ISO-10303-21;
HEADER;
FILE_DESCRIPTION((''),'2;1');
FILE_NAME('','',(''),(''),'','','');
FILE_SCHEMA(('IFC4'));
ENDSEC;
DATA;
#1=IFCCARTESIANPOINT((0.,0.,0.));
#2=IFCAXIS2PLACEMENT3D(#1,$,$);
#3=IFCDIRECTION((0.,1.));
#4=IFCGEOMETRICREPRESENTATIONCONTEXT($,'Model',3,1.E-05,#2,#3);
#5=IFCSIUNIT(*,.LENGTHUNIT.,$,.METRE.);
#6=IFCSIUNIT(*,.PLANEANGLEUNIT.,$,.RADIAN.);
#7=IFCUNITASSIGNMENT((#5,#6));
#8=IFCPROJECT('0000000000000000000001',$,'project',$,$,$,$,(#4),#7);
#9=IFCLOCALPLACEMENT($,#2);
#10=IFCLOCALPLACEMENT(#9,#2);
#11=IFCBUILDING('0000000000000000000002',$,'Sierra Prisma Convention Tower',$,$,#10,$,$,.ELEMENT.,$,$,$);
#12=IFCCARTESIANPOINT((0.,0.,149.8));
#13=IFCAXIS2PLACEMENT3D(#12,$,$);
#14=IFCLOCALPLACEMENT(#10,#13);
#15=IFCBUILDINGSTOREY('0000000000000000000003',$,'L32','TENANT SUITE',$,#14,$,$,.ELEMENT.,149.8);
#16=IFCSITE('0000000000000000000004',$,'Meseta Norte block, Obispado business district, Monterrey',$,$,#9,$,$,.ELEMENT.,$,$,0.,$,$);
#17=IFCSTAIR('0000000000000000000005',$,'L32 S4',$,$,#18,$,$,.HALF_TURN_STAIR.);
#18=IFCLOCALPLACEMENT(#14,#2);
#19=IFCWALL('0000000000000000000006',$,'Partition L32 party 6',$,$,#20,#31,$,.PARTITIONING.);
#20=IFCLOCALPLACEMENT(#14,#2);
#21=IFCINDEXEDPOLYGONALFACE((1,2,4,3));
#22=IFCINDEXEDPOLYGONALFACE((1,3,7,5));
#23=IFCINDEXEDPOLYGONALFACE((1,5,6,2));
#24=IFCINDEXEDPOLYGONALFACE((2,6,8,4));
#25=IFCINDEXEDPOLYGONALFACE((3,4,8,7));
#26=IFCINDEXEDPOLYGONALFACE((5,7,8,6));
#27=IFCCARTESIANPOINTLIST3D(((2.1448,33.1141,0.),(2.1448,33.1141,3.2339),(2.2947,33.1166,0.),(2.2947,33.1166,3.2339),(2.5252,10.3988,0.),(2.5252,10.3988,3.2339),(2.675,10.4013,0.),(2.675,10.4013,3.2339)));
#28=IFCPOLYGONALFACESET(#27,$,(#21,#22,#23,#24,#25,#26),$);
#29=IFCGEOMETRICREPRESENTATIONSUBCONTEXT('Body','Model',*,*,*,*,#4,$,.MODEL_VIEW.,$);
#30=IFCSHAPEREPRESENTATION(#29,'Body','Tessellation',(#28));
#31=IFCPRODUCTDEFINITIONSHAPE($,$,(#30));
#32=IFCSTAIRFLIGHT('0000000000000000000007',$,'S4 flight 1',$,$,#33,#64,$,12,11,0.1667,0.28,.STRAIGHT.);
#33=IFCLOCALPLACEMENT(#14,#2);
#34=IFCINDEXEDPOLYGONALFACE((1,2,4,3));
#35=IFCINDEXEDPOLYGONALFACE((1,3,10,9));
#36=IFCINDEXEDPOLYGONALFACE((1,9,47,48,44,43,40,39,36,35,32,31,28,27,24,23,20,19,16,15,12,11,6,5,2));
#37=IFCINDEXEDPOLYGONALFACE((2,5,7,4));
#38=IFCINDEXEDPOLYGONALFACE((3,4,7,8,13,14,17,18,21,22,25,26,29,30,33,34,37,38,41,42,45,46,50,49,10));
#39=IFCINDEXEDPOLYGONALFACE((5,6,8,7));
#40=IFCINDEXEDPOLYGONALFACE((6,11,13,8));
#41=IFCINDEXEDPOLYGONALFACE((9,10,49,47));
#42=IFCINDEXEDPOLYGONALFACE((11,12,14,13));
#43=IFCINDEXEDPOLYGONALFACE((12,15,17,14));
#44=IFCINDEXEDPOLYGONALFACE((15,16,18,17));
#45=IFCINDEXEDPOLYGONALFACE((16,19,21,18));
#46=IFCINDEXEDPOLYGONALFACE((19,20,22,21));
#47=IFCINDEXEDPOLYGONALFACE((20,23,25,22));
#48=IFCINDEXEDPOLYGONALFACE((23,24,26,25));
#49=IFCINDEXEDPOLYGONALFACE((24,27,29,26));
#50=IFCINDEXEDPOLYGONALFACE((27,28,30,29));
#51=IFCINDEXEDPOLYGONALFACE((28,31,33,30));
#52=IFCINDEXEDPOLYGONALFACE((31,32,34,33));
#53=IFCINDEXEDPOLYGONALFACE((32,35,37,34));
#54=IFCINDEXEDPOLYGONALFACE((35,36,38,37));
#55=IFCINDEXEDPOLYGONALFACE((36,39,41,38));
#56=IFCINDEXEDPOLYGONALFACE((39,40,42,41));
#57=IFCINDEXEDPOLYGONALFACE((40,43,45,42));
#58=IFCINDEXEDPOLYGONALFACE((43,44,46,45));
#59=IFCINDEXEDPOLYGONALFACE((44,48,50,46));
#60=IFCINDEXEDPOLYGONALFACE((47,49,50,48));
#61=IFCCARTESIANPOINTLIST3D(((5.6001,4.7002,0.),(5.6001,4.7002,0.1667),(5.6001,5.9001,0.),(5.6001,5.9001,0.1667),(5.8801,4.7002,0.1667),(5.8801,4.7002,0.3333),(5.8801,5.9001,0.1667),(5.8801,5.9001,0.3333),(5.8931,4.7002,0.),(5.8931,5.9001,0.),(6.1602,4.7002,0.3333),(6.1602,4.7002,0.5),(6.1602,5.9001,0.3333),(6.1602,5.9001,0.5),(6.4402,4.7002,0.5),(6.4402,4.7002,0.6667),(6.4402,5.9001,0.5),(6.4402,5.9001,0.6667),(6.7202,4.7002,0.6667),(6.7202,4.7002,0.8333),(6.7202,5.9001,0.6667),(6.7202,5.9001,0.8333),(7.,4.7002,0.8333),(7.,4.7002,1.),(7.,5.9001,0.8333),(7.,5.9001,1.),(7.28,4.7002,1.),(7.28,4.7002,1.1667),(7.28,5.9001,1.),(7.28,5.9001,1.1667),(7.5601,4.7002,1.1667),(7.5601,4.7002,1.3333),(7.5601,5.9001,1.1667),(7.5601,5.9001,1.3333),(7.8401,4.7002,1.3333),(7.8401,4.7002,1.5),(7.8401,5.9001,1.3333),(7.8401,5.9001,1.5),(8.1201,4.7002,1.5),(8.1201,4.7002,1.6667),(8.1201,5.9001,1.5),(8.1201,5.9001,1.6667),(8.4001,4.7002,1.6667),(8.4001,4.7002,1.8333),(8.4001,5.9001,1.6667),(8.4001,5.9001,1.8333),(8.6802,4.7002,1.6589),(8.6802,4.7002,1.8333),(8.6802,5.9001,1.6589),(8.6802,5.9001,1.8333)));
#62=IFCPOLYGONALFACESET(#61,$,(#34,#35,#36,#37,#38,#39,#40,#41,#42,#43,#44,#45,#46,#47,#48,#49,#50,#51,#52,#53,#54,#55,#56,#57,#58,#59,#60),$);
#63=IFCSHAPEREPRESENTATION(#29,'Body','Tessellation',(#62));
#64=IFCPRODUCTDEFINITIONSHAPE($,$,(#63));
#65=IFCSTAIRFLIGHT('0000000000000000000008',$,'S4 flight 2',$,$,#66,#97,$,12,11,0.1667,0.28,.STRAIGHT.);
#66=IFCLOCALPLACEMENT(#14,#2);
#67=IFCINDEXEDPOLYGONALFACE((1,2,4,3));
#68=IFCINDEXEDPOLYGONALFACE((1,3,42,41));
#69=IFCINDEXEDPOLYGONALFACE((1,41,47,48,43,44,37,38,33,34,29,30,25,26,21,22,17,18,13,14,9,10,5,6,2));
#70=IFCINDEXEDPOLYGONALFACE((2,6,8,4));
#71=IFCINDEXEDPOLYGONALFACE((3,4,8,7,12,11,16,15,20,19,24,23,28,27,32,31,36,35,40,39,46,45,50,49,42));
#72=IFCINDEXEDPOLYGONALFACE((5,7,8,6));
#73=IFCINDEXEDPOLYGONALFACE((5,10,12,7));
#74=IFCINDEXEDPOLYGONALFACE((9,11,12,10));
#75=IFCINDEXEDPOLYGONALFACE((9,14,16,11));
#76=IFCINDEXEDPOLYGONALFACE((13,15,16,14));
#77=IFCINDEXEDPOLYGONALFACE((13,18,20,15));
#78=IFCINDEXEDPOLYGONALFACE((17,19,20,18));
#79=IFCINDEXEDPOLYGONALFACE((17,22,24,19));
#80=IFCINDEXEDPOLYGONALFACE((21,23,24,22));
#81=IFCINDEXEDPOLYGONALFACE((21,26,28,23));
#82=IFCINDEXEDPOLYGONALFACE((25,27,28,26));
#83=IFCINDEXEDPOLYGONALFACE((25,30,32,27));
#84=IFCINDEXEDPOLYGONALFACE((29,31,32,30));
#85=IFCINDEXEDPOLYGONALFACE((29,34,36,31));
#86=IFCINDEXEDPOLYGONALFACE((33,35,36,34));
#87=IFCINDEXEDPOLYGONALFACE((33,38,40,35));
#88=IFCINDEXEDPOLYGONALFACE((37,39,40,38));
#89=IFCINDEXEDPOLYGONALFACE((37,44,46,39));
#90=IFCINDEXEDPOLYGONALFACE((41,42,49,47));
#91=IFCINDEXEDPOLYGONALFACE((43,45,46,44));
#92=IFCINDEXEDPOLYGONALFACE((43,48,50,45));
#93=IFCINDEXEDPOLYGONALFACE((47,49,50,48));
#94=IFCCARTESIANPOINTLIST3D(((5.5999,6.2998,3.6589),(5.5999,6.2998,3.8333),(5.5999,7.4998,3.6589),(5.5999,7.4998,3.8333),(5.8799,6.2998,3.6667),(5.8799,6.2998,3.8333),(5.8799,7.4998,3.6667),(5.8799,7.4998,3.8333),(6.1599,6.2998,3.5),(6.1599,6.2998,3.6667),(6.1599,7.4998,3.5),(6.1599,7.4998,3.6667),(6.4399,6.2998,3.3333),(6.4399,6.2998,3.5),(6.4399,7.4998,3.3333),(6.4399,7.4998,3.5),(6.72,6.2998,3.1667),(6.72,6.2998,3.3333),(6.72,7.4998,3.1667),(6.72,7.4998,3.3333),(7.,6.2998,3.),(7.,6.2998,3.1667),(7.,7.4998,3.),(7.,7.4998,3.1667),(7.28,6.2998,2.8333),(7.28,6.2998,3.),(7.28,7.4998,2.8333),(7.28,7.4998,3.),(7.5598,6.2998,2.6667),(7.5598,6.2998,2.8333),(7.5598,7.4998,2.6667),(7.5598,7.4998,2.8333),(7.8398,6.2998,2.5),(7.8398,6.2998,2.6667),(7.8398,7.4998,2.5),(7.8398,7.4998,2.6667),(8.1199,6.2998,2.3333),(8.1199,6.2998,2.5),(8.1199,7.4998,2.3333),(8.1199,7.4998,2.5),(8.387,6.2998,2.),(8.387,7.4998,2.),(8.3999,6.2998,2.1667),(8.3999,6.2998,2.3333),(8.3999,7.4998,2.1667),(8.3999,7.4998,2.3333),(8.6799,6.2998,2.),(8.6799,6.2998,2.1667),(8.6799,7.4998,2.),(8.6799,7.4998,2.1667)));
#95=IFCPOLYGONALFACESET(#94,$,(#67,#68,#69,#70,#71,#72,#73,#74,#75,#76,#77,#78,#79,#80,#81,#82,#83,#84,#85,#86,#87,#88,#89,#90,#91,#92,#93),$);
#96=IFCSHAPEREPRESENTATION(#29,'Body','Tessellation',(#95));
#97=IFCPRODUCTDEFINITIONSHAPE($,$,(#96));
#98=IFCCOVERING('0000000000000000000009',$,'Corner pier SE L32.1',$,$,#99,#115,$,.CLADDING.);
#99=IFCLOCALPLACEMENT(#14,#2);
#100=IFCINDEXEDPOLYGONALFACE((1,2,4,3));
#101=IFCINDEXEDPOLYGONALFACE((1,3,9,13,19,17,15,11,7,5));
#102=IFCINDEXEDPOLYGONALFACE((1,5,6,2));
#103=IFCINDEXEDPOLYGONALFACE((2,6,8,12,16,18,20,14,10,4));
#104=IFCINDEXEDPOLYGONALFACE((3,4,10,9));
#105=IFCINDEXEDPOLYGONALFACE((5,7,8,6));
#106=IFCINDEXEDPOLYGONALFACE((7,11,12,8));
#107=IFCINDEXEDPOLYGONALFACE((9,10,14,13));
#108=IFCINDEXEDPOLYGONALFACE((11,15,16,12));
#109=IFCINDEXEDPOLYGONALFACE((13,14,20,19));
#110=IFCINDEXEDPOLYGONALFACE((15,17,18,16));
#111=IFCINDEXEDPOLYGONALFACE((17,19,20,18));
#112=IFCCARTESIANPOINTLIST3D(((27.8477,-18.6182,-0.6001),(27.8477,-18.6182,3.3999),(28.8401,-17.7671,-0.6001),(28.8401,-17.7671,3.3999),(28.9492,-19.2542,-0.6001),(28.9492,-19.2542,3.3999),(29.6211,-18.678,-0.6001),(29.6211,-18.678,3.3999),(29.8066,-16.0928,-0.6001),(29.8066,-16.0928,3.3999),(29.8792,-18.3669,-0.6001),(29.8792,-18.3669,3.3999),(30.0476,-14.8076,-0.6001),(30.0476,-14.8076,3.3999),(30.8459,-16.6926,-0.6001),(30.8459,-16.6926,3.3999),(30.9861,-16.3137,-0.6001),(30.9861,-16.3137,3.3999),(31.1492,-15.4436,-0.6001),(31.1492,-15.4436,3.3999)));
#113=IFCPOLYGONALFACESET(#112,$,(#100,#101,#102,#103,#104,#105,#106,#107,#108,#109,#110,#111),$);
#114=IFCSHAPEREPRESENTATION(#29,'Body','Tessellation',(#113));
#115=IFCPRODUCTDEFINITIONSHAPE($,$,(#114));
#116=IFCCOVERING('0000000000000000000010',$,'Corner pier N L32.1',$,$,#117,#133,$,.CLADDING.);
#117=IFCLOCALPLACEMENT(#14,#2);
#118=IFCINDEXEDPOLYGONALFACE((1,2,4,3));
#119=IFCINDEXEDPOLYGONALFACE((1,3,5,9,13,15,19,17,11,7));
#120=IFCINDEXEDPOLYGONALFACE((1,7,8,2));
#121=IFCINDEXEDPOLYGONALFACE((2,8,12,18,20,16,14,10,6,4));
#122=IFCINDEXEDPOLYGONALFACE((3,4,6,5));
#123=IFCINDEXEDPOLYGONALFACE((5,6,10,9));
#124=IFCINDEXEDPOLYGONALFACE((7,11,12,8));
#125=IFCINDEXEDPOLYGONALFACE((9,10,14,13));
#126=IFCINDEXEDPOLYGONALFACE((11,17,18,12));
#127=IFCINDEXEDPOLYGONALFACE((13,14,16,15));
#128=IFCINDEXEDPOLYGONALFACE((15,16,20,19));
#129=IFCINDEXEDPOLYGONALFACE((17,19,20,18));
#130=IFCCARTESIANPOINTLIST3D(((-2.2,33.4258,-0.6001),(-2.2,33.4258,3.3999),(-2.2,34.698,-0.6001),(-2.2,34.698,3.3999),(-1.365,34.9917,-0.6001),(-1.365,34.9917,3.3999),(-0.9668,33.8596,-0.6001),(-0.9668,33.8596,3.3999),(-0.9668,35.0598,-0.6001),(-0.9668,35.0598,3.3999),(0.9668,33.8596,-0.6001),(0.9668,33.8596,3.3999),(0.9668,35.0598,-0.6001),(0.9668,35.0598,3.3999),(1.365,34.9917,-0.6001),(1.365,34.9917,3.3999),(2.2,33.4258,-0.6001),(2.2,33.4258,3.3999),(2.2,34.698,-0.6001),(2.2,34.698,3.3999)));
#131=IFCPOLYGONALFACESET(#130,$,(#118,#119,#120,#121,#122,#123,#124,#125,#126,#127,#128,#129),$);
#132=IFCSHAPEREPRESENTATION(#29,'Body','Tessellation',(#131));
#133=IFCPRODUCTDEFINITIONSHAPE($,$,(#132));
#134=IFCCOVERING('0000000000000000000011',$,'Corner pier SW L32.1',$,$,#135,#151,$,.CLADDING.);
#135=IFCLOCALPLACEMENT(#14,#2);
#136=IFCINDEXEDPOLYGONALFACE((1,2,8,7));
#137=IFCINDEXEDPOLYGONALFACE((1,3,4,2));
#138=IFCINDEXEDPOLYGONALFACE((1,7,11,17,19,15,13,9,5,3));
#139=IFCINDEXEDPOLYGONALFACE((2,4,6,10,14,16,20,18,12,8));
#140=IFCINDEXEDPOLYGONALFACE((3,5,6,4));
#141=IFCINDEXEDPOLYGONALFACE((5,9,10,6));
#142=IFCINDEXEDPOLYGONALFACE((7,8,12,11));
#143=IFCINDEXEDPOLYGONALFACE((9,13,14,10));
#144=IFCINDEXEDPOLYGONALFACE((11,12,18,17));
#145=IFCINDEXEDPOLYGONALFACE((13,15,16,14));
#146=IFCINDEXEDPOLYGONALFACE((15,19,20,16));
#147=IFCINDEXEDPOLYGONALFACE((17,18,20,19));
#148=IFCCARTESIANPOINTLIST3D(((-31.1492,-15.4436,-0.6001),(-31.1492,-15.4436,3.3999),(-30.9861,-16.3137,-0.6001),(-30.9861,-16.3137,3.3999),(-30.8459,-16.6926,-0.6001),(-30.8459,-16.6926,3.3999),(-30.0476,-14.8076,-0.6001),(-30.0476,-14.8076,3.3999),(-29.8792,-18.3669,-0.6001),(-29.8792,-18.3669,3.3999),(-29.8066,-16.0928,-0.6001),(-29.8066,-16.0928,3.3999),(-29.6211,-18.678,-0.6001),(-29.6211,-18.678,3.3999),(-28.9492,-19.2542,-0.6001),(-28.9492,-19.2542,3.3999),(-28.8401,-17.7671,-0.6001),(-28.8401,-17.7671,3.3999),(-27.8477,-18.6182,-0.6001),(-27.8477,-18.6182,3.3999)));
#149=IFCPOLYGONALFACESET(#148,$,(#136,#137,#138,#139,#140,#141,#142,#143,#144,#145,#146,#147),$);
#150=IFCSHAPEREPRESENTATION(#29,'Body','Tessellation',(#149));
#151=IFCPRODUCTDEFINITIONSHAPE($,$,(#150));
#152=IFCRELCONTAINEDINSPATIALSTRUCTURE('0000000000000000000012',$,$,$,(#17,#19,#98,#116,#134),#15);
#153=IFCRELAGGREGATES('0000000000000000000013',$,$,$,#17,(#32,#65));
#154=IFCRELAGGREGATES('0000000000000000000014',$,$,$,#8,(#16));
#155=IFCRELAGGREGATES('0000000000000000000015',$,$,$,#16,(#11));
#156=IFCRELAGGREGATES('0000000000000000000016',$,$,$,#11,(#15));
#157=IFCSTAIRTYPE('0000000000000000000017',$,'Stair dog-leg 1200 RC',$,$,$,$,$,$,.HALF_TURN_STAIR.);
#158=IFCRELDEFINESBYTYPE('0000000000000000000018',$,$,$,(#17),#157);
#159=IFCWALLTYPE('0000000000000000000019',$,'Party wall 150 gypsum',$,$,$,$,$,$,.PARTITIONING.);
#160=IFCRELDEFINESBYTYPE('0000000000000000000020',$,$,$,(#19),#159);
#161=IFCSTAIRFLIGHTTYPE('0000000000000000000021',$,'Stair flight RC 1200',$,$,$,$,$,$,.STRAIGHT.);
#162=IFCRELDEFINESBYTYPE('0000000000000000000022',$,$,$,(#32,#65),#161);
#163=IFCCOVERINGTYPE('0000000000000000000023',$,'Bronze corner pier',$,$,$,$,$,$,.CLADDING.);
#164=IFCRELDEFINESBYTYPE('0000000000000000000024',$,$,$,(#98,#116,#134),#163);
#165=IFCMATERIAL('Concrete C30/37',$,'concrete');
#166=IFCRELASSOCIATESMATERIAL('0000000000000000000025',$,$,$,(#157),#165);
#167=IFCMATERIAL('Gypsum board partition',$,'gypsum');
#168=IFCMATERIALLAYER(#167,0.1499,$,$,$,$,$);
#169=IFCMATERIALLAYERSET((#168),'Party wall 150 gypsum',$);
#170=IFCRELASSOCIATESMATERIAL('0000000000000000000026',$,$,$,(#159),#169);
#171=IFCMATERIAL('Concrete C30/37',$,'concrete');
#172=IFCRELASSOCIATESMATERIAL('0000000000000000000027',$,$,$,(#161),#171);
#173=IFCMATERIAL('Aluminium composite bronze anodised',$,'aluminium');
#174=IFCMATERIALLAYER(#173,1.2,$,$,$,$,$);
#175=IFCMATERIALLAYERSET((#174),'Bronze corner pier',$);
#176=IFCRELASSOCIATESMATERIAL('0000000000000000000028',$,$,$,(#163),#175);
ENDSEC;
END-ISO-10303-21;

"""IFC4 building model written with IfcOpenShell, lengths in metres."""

from ifc_helpers import new_model, si_unit, direction, frame, frame_2d, origin, place, context, subcontext, project, spatial, polyline, rectangle, outline, extrude, material, layer, layer_set, type_object, element, aggregate, save


model = new_model("IFC4")

# Units and contexts
model_context = context("Model", 3, precision=1e-05, world=origin(), true_north=direction((0.0, 1.0)))
body_context = subcontext(model_context, "Body", "Model", "MODEL_VIEW")
ifc_project = project(units=[si_unit("LENGTHUNIT", "METRE"), si_unit("PLANEANGLEUNIT", "RADIAN")], contexts=[model_context])

# Site, building, storey
site_placement = place(None, origin())
site = spatial("IfcSite", under=ifc_project, at=site_placement, Name="Meseta Norte block, Obispado business district, Monterrey", CompositionType="ELEMENT", RefElevation=0.0)
building_placement = place(site_placement, origin())
building = spatial("IfcBuilding", under=site, at=building_placement, Name="Sierra Prisma Convention Tower", CompositionType="ELEMENT")
storey_placement = place(building_placement, frame((0.0, 0.0, 149.8)))
storey = spatial("IfcBuildingStorey", under=building, at=storey_placement, Name="L32", Description="TENANT SUITE", CompositionType="ELEMENT", Elevation=149.8)

# Shared definitions
ifc_material_1 = material(Name="Concrete C30/37", Category="concrete")
stair_type = type_object("IfcStairType", Name="Stair dog-leg 1200 RC", PredefinedType="HALF_TURN_STAIR", material=ifc_material_1)

# Stair
stair_1_placement = place(storey_placement, origin())
stair_1 = element("IfcStair", 1, at=stair_1_placement, inside=storey, type_object=stair_type, Name="L32 S4", PredefinedType="HALF_TURN_STAIR")

# Wall
ifc_material_2 = material(Name="Gypsum board partition", Category="gypsum")
ifc_layer_1 = layer(ifc_material_2, 0.1499)
ifc_layer_set_1 = layer_set([ifc_layer_1], Name="Party wall 150 gypsum")
wall_type_1 = type_object("IfcWallType", Name="Party wall 150 gypsum", PredefinedType="PARTITIONING", material=ifc_layer_set_1)
wall_1_placement = place(storey_placement, frame((2.6001, 10.3999, 0.0), z_axis=(0.0, 0.0, 1.0), x_axis=(-0.016743, 0.99986, 0.0)))
element("IfcWall", 2, at=wall_1_placement, inside=storey, type_object=wall_type_1, Name="Partition L32 party 6", PredefinedType="PARTITIONING", context=body_context, shape_type="SweptSolid", body=[
    extrude(rectangle(XDim=22.7185, YDim=0.1499, at=frame_2d((11.3594, 0.0))), origin(), (0.0, 0.0, 1.0), 3.2339),
])

# Stair flights
ifc_material_3 = material(Name="Concrete C30/37", Category="concrete")
stair_flight_type = type_object("IfcStairFlightType", Name="Stair flight RC 1200", PredefinedType="STRAIGHT", material=ifc_material_3)
stair_flight_1_placement = place(storey_placement, frame((5.6001, 5.3, 0.0), z_axis=(0.0, 0.0, 1.0), x_axis=(1.0, 0.0, 0.0)))
stair_flight_1 = element("IfcStairFlight", 3, at=stair_flight_1_placement, type_object=stair_flight_type, Name="S4 flight 1", NumberOfRisers=12, NumberOfTreads=11, PredefinedType="STRAIGHT", RiserHeight=0.1667, TreadLength=0.28, context=body_context, shape_type="SweptSolid", body=[
    extrude(outline(polyline([(0.0, 0.0), (0.0, 0.1667), (0.28, 0.1667), (0.28, 0.3333), (0.5601, 0.3333), (0.5601, 0.5), (0.8401, 0.5), (0.8401, 0.6667), (1.1201, 0.6667), (1.1201, 0.8333), (1.3999, 0.8333), (1.3999, 1.0), (1.6799, 1.0), (1.6799, 1.1667), (1.96, 1.1667), (1.96, 1.3333), (2.24, 1.3333), (2.24, 1.5), (2.52, 1.5), (2.52, 1.6667), (2.8, 1.6667), (2.8, 1.8333), (3.0801, 1.8333), (3.0801, 2.0), (3.0801, 1.6589), (0.293, 0.0), (0.0, 0.0)])), frame((0.0, 0.6001, 0.0), z_axis=(0.0, -1.0, 0.0), x_axis=(1.0, 0.0, 0.0)), (0.0, 0.0, 1.0), 1.2),
])
stair_flight_2_placement = place(storey_placement, frame((8.6799, 6.8999, 2.0), z_axis=(0.0, 0.0, 1.0), x_axis=(-1.0, 0.0, 0.0)))
stair_flight_2 = element("IfcStairFlight", 4, at=stair_flight_2_placement, type_object=stair_flight_type, Name="S4 flight 2", NumberOfRisers=12, NumberOfTreads=11, PredefinedType="STRAIGHT", RiserHeight=0.1667, TreadLength=0.28, context=body_context, shape_type="SweptSolid", body=[
    extrude(outline(polyline([(0.0, 0.0), (0.0, 0.1667), (0.28, 0.1667), (0.28, 0.3333), (0.5601, 0.3333), (0.5601, 0.5), (0.8401, 0.5), (0.8401, 0.6667), (1.1201, 0.6667), (1.1201, 0.8333), (1.3999, 0.8333), (1.3999, 1.0), (1.6799, 1.0), (1.6799, 1.1667), (1.96, 1.1667), (1.96, 1.3333), (2.24, 1.3333), (2.24, 1.5), (2.52, 1.5), (2.52, 1.6667), (2.8, 1.6667), (2.8, 1.8333), (3.0801, 1.8333), (3.0801, 2.0), (3.0801, 1.6589), (0.293, 0.0), (0.0, 0.0)])), frame((0.0, 0.6001, 0.0), z_axis=(0.0, -1.0, 0.0), x_axis=(1.0, 0.0, 0.0)), (0.0, 0.0, 1.0), 1.2),
])
aggregate(stair_1, [stair_flight_1, stair_flight_2])

# Coverings
ifc_material_4 = material(Name="Aluminium composite bronze anodised", Category="aluminium")
ifc_layer_2 = layer(ifc_material_4, 1.2)
ifc_layer_set_2 = layer_set([ifc_layer_2], Name="Bronze corner pier")
covering_type = type_object("IfcCoveringType", Name="Bronze corner pier", PredefinedType="CLADDING", material=ifc_layer_set_2)
covering_1_placement = place(storey_placement, frame((0.0, 0.0, -0.6001)))
element("IfcCovering", 5, at=covering_1_placement, inside=storey, type_object=covering_type, Name="Corner pier SE L32.1", PredefinedType="CLADDING", context=body_context, shape_type="SweptSolid", body=[
    extrude(outline(polyline([(30.9861, -16.3137), (30.8459, -16.6926), (29.8792, -18.3669), (29.6211, -18.678), (28.9492, -19.2542), (27.8477, -18.6182), (28.8401, -17.7671), (29.8066, -16.0928), (30.0476, -14.8076), (31.1492, -15.4436), (30.9861, -16.3137)])), origin(), (0.0, 0.0, 1.0), 4.0),
])
covering_2_placement = place(storey_placement, frame((0.0, 0.0, -0.6001)))
element("IfcCovering", 6, at=covering_2_placement, inside=storey, type_object=covering_type, Name="Corner pier N L32.1", PredefinedType="CLADDING", context=body_context, shape_type="SweptSolid", body=[
    extrude(outline(polyline([(-1.365, 34.9917), (-0.9668, 35.0598), (0.9668, 35.0598), (1.365, 34.9917), (2.2, 34.698), (2.2, 33.4258), (0.9668, 33.8596), (-0.9668, 33.8596), (-2.2, 33.4258), (-2.2, 34.698), (-1.365, 34.9917)])), origin(), (0.0, 0.0, 1.0), 4.0),
])
covering_3_placement = place(storey_placement, frame((0.0, 0.0, -0.6001)))
element("IfcCovering", 7, at=covering_3_placement, inside=storey, type_object=covering_type, Name="Corner pier SW L32.1", PredefinedType="CLADDING", context=body_context, shape_type="SweptSolid", body=[
    extrude(outline(polyline([(-29.6211, -18.678), (-29.8792, -18.3669), (-30.8459, -16.6926), (-30.9861, -16.3137), (-31.1492, -15.4436), (-30.0476, -14.8076), (-29.8066, -16.0928), (-28.8401, -17.7671), (-27.8477, -18.6182), (-28.9492, -19.2542), (-29.6211, -18.678)])), origin(), (0.0, 0.0, 1.0), 4.0),
])

save(model, "model.ifc")
